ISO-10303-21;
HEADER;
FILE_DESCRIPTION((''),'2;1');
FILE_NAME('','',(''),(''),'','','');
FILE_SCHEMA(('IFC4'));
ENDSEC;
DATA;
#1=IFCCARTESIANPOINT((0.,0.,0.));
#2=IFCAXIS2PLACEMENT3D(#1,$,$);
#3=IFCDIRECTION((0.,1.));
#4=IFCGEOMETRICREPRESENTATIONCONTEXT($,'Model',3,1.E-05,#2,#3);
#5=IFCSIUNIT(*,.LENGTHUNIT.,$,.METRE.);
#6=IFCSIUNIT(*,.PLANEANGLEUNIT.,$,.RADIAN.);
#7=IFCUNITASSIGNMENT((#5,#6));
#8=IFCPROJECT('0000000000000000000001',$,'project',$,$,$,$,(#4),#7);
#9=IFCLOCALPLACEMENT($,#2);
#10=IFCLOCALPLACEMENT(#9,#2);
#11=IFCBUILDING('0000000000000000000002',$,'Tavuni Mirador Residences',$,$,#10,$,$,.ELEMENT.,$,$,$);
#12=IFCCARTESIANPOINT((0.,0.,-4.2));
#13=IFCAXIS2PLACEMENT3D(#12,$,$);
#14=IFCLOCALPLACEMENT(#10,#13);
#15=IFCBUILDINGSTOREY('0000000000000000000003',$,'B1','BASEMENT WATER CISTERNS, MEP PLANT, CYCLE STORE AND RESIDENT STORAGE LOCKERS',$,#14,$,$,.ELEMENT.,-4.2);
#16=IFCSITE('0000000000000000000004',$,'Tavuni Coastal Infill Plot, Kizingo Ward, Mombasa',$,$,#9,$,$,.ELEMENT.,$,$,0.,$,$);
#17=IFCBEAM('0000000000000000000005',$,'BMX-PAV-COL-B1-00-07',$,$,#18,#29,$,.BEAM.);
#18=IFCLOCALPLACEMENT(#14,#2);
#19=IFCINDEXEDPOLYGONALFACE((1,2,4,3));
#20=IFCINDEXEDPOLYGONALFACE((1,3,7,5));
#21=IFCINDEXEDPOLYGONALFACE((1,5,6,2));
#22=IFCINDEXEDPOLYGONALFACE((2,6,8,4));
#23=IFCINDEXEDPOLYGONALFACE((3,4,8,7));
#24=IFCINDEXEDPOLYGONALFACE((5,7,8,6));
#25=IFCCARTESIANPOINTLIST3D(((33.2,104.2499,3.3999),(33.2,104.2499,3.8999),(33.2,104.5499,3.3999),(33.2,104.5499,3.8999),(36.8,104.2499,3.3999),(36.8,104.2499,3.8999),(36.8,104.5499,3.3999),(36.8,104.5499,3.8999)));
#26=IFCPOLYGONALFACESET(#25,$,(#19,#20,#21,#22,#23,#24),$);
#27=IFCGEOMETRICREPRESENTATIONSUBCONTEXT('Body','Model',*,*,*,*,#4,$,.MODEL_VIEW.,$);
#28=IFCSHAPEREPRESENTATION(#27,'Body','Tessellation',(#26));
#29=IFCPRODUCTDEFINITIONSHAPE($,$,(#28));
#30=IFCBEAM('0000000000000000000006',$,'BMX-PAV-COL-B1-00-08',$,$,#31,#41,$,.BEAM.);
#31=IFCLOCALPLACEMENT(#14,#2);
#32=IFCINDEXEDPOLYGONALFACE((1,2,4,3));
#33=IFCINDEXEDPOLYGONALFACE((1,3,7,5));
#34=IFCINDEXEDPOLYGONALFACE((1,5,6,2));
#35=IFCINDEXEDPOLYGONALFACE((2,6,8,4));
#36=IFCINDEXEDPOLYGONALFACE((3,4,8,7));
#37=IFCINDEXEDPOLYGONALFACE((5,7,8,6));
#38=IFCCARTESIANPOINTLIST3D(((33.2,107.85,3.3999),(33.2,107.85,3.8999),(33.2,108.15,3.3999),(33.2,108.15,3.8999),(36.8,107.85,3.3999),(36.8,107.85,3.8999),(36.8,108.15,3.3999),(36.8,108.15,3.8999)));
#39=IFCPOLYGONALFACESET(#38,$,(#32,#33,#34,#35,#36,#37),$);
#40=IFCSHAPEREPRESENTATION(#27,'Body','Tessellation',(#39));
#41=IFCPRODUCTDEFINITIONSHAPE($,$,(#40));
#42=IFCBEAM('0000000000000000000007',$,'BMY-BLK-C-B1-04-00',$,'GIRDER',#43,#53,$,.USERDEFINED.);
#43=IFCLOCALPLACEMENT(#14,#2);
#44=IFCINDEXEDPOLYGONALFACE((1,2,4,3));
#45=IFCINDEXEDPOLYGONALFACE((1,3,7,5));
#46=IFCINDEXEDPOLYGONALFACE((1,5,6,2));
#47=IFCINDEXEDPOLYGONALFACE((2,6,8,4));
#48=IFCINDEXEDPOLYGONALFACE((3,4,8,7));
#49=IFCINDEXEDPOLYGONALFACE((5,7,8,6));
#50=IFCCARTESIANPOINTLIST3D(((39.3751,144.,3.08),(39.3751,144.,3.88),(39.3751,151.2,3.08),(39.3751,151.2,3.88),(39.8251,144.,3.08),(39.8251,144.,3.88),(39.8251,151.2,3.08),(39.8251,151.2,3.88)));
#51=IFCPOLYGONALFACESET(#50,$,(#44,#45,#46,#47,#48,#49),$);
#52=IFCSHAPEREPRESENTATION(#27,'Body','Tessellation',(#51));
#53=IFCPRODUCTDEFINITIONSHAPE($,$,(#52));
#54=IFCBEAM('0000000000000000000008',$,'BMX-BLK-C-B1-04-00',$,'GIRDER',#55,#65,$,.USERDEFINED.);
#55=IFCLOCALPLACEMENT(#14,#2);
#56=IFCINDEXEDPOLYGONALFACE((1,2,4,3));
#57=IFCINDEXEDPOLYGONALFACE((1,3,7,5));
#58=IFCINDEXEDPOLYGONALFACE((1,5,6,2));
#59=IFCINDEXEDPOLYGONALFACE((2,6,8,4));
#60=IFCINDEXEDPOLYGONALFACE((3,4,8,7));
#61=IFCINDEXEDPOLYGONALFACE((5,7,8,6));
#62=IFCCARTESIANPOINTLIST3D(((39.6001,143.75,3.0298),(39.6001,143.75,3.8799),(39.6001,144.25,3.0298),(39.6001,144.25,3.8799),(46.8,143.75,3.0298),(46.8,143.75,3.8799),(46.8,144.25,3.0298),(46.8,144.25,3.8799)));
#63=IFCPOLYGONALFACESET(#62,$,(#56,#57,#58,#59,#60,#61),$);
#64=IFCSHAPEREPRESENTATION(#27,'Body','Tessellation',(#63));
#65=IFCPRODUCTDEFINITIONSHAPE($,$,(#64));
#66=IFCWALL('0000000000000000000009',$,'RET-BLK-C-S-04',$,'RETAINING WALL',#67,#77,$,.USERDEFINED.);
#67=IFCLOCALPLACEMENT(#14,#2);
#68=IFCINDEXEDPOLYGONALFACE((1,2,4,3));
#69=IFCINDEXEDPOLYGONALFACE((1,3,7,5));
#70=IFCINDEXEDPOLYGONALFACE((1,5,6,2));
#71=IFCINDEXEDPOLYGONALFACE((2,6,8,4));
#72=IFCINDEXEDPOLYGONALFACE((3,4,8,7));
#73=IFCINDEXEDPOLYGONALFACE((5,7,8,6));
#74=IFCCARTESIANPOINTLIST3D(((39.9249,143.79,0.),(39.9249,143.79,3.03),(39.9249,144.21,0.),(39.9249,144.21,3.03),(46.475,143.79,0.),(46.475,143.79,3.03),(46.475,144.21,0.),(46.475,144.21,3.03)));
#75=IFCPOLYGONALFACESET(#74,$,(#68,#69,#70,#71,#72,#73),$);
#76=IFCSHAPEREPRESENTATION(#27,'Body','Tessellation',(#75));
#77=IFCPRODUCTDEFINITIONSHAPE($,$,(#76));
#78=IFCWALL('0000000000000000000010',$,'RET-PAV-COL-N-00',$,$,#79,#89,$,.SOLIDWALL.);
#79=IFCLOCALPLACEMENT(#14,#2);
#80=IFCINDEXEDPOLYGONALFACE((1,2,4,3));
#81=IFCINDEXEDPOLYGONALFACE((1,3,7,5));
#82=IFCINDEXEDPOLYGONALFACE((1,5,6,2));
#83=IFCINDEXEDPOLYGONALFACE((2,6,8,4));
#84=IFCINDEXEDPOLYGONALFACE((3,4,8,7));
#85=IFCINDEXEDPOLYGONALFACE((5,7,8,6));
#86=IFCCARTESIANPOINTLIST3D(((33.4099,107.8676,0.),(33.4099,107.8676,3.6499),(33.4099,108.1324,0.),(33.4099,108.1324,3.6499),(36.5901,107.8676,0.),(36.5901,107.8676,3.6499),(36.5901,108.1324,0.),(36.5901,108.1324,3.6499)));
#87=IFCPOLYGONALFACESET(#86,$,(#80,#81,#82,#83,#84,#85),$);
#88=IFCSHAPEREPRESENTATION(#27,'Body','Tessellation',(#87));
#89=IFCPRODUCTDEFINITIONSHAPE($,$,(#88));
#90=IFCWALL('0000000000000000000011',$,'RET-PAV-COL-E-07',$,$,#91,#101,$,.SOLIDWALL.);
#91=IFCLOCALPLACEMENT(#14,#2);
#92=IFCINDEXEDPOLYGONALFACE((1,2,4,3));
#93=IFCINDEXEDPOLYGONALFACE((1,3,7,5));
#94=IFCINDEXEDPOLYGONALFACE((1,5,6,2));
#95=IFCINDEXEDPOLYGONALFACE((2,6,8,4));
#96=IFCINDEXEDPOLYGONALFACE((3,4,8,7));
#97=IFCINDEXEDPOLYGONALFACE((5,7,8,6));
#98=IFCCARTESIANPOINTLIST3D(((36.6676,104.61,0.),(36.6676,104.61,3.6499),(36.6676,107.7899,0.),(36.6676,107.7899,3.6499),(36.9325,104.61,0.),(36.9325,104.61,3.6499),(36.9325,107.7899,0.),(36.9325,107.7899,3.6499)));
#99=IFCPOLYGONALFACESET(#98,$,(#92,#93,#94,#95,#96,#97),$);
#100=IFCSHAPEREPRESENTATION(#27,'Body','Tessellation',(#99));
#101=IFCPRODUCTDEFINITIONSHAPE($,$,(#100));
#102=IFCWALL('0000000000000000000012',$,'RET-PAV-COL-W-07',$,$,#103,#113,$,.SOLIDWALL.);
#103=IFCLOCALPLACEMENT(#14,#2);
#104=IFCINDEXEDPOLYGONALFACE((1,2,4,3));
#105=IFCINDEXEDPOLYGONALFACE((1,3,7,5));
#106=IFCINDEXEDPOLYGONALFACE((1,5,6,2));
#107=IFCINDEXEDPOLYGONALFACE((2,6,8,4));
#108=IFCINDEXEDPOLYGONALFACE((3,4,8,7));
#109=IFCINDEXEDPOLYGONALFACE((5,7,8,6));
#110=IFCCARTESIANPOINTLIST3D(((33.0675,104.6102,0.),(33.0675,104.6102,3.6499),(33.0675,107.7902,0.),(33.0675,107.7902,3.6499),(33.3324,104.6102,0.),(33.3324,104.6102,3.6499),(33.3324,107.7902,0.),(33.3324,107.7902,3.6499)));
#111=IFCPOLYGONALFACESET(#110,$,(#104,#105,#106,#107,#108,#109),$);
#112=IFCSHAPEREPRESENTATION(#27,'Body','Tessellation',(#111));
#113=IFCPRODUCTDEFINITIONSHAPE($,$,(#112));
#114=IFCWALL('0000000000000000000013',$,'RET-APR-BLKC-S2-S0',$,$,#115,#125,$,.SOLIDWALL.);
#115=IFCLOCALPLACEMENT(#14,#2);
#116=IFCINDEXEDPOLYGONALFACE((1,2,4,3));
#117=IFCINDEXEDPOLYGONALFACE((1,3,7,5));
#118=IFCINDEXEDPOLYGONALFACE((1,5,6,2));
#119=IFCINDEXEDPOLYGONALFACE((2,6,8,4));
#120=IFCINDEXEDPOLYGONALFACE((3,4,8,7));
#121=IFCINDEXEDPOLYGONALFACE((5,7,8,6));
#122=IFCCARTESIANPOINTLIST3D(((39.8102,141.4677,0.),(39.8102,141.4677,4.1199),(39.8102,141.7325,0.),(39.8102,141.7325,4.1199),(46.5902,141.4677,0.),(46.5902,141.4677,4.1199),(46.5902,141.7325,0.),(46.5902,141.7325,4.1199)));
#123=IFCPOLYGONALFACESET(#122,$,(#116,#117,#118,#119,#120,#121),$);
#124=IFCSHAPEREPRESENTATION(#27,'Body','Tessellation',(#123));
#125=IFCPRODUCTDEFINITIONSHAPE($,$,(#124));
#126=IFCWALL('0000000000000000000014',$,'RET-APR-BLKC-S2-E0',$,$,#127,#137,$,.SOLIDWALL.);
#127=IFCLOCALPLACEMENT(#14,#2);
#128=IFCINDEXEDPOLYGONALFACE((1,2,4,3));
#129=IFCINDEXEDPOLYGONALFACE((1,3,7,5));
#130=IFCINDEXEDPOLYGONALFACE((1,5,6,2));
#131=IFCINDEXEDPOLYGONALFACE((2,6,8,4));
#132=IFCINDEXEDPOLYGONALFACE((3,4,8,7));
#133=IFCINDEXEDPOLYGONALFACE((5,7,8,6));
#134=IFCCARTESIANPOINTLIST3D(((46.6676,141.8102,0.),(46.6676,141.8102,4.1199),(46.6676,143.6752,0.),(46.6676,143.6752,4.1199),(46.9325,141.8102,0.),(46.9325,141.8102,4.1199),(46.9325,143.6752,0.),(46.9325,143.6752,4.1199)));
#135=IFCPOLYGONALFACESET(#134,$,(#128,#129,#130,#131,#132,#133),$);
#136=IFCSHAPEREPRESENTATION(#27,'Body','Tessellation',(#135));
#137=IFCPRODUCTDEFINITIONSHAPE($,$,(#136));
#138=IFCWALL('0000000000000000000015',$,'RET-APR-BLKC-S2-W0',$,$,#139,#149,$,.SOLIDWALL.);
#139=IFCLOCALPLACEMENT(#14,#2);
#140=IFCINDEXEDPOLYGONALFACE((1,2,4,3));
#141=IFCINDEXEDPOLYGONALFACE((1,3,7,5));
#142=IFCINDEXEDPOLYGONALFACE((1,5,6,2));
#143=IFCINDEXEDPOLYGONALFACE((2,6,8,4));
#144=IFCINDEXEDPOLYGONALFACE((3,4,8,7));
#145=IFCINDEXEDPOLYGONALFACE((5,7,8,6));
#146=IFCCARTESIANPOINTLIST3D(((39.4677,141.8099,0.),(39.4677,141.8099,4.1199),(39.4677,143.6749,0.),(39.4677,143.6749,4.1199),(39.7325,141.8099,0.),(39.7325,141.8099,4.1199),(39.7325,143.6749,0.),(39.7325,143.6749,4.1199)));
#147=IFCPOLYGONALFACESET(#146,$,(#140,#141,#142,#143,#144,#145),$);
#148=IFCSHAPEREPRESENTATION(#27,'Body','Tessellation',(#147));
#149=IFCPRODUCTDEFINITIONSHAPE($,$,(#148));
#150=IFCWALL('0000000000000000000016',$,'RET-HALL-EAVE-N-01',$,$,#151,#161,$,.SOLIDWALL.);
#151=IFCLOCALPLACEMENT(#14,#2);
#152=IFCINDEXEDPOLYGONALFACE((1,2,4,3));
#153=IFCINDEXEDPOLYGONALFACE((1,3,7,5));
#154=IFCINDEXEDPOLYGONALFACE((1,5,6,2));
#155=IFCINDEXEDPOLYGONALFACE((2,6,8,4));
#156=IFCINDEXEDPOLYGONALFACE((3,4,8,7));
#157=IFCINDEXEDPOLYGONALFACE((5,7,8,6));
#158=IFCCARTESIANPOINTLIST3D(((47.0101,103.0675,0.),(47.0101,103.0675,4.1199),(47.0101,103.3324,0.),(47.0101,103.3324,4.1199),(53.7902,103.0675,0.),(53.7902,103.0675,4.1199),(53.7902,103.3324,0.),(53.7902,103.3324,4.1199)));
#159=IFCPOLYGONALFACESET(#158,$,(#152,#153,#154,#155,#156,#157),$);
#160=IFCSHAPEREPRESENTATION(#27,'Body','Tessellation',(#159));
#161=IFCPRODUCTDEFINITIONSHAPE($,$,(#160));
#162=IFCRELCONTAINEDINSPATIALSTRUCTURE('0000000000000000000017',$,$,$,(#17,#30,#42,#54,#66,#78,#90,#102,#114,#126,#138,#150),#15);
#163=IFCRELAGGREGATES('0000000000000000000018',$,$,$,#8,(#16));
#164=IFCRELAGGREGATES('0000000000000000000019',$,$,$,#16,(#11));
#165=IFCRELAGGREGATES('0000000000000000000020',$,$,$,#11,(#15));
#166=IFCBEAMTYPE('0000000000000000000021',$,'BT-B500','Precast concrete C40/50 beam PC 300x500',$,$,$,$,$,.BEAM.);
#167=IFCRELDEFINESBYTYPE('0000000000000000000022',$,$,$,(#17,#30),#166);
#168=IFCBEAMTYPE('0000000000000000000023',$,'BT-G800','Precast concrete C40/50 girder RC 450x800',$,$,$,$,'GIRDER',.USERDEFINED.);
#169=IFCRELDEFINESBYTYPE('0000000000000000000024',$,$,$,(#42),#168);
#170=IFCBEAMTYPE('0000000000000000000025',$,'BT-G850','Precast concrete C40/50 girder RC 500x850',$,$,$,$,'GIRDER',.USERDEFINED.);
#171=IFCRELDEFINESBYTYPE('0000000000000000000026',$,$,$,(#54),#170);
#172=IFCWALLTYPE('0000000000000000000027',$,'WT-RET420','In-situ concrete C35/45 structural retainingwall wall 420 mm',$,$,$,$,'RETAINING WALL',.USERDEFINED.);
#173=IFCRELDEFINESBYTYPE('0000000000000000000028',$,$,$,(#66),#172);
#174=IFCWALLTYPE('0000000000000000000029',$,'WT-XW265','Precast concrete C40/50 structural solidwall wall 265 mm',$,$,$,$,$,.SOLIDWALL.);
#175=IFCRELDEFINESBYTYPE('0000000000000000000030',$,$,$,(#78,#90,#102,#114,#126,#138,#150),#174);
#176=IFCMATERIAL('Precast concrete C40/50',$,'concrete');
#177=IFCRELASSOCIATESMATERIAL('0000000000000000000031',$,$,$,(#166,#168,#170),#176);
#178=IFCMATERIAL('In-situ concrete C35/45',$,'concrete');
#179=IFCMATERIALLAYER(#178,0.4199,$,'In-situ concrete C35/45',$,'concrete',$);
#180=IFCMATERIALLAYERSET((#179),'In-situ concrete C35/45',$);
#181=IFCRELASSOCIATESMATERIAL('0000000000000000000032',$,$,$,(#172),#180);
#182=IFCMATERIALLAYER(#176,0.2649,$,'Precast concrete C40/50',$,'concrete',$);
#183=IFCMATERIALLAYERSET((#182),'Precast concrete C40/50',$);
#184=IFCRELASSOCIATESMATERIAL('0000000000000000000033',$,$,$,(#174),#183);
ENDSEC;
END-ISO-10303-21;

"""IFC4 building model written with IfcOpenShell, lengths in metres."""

from ifc_helpers import new_model, si_unit, direction, frame, frame_2d, origin, origin_2d, place, context, subcontext, project, spatial, rectangle, extrude, material, layer, layer_set, material_profile, profile_set, type_object, element, save


model = new_model("IFC4")

# Units and contexts
model_context = context("Model", 3, precision=1e-05, world=origin(), true_north=direction((0.0, 1.0)))
body_context = subcontext(model_context, "Body", "Model", "MODEL_VIEW")
ifc_project = project(units=[si_unit("LENGTHUNIT", "METRE"), si_unit("PLANEANGLEUNIT", "RADIAN")], contexts=[model_context])

# Site, building, storey
site_placement = place(None, origin())
site = spatial("IfcSite", under=ifc_project, at=site_placement, Name="Tavuni Coastal Infill Plot, Kizingo Ward, Mombasa", CompositionType="ELEMENT", RefElevation=0.0)
building_placement = place(site_placement, origin())
building = spatial("IfcBuilding", under=site, at=building_placement, Name="Tavuni Mirador Residences", CompositionType="ELEMENT")
storey_placement = place(building_placement, frame((0.0, 0.0, -4.2)))
storey = spatial("IfcBuildingStorey", under=building, at=storey_placement, Name="B1", Description="BASEMENT WATER CISTERNS, MEP PLANT, CYCLE STORE AND RESIDENT STORAGE LOCKERS", CompositionType="ELEMENT", Elevation=-4.2)

# Shared definitions
ifc_material_1 = material(Name="In-situ concrete C35/45", Category="concrete")

# Shared definitions
ifc_material_2 = material(Name="Precast concrete C40/50", Category="concrete")

# Beams
ifc_material_profile_1 = material_profile(ifc_material_2, rectangle(XDim=0.3, YDim=0.5, at=origin_2d()), Name="PC 300x500", Category="concrete")
ifc_profile_set_1 = profile_set([ifc_material_profile_1], Name="Precast concrete C40/50")
beam_type_1 = type_object("IfcBeamType", Name="BT-B500", Description="Precast concrete C40/50 beam PC 300x500", PredefinedType="BEAM", material=ifc_profile_set_1)
for number, where, z_axis, x_axis, name in (
    (1, (33.2, 104.3999, 3.6499), (1.0, 0.0, 0.0), (0.0, 1.0, 0.0), "BMX-PAV-COL-B1-00-07"),
    (2, (33.2, 108.0, 3.6499), (1.0, 0.0, 0.0), (0.0, 1.0, 0.0), "BMX-PAV-COL-B1-00-08"),
):
    element("IfcBeam", number, at=place(storey_placement, frame(where, z_axis=z_axis, x_axis=x_axis)), inside=storey, type_object=beam_type_1, Name=name, PredefinedType="BEAM", context=body_context, shape_type="SweptSolid", body=[
        extrude(rectangle(XDim=0.3, YDim=0.5, at=origin_2d()), origin(), (0.0, 0.0, 1.0), 3.6001),
    ])
ifc_material_profile_2 = material_profile(ifc_material_2, rectangle(XDim=0.45, YDim=0.8, at=origin_2d()), Name="RC 450x800", Category="concrete")
ifc_profile_set_2 = profile_set([ifc_material_profile_2], Name="Precast concrete C40/50")
beam_type_2 = type_object("IfcBeamType", Name="BT-G800", Description="Precast concrete C40/50 girder RC 450x800", ElementType="GIRDER", PredefinedType="USERDEFINED", material=ifc_profile_set_2)
beam_1_placement = place(storey_placement, frame((39.6001, 144.0, 3.48), z_axis=(0.0, 1.0, 0.0), x_axis=(-1.0, 0.0, 0.0)))
element("IfcBeam", 3, at=beam_1_placement, inside=storey, type_object=beam_type_2, Name="BMY-BLK-C-B1-04-00", ObjectType="GIRDER", PredefinedType="USERDEFINED", context=body_context, shape_type="SweptSolid", body=[
    extrude(rectangle(XDim=0.45, YDim=0.8, at=origin_2d()), origin(), (0.0, 0.0, 1.0), 7.2),
])
ifc_material_profile_3 = material_profile(ifc_material_2, rectangle(XDim=0.5, YDim=0.8501, at=origin_2d()), Name="RC 500x850", Category="concrete")
ifc_profile_set_3 = profile_set([ifc_material_profile_3], Name="Precast concrete C40/50")
beam_type_3 = type_object("IfcBeamType", Name="BT-G850", Description="Precast concrete C40/50 girder RC 500x850", ElementType="GIRDER", PredefinedType="USERDEFINED", material=ifc_profile_set_3)
beam_2_placement = place(storey_placement, frame((39.6001, 144.0, 3.4548), z_axis=(1.0, 0.0, 0.0), x_axis=(0.0, 1.0, 0.0)))
element("IfcBeam", 4, at=beam_2_placement, inside=storey, type_object=beam_type_3, Name="BMX-BLK-C-B1-04-00", ObjectType="GIRDER", PredefinedType="USERDEFINED", context=body_context, shape_type="SweptSolid", body=[
    extrude(rectangle(XDim=0.5, YDim=0.8501, at=origin_2d()), origin(), (0.0, 0.0, 1.0), 7.2),
])

# Walls
ifc_layer_1 = layer(ifc_material_1, 0.4199, Name="In-situ concrete C35/45", Category="concrete")
ifc_layer_set_1 = layer_set([ifc_layer_1], Name="In-situ concrete C35/45")
wall_type_1 = type_object("IfcWallType", Name="WT-RET420", Description="In-situ concrete C35/45 structural retainingwall wall 420 mm", ElementType="RETAINING WALL", PredefinedType="USERDEFINED", material=ifc_layer_set_1)
wall_1_placement = place(storey_placement, frame((39.925, 144.0, 0.0), z_axis=(0.0, 0.0, 1.0), x_axis=(1.0, 0.0, 0.0)))
element("IfcWall", 5, at=wall_1_placement, inside=storey, type_object=wall_type_1, Name="RET-BLK-C-S-04", ObjectType="RETAINING WALL", PredefinedType="USERDEFINED", context=body_context, shape_type="SweptSolid", body=[
    extrude(rectangle(XDim=6.55, YDim=0.4199, at=frame_2d((3.2749, 0.0))), origin(), (0.0, 0.0, 1.0), 3.03),
])
ifc_layer_2 = layer(ifc_material_2, 0.2649, Name="Precast concrete C40/50", Category="concrete")
ifc_layer_set_2 = layer_set([ifc_layer_2], Name="Precast concrete C40/50")
wall_type_2 = type_object("IfcWallType", Name="WT-XW265", Description="Precast concrete C40/50 structural solidwall wall 265 mm", PredefinedType="SOLIDWALL", material=ifc_layer_set_2)
wall_2_placement = place(storey_placement, frame((36.5901, 108.0, 0.0), z_axis=(0.0, 0.0, 1.0), x_axis=(-1.0, 0.0, 0.0)))
element("IfcWall", 6, at=wall_2_placement, inside=storey, type_object=wall_type_2, Name="RET-PAV-COL-N-00", PredefinedType="SOLIDWALL", context=body_context, shape_type="SweptSolid", body=[
    extrude(rectangle(XDim=3.1802, YDim=0.2649, at=frame_2d((1.5901, 0.0))), origin(), (0.0, 0.0, 1.0), 3.6499),
])
for number, where, z_axis, x_axis, name in (
    (7, (36.8, 104.6101, 0.0), (0.0, 0.0, 1.0), (0.0, 1.0, 0.0), "RET-PAV-COL-E-07"),
    (8, (33.2, 107.79, 0.0), (0.0, 0.0, 1.0), (0.0, -1.0, 0.0), "RET-PAV-COL-W-07"),
):
    element("IfcWall", number, at=place(storey_placement, frame(where, z_axis=z_axis, x_axis=x_axis)), inside=storey, type_object=wall_type_2, Name=name, PredefinedType="SOLIDWALL", context=body_context, shape_type="SweptSolid", body=[
        extrude(rectangle(XDim=3.1799, YDim=0.2649, at=frame_2d((1.5898, 0.0))), origin(), (0.0, 0.0, 1.0), 3.6499),
    ])
wall_3_placement = place(storey_placement, frame((39.8101, 141.6001, 0.0), z_axis=(0.0, 0.0, 1.0), x_axis=(1.0, 0.0, 0.0)))
element("IfcWall", 9, at=wall_3_placement, inside=storey, type_object=wall_type_2, Name="RET-APR-BLKC-S2-S0", PredefinedType="SOLIDWALL", context=body_context, shape_type="SweptSolid", body=[
    extrude(rectangle(XDim=6.78, YDim=0.2649, at=frame_2d((3.3901, 0.0))), origin(), (0.0, 0.0, 1.0), 4.1199),
])
for number, where, z_axis, x_axis, name in (
    (10, (46.8, 141.8101, 0.0), (0.0, 0.0, 1.0), (0.0, 1.0, 0.0), "RET-APR-BLKC-S2-E0"),
    (11, (39.6001, 143.675, 0.0), (0.0, 0.0, 1.0), (0.0, -1.0, 0.0), "RET-APR-BLKC-S2-W0"),
):
    element("IfcWall", number, at=place(storey_placement, frame(where, z_axis=z_axis, x_axis=x_axis)), inside=storey, type_object=wall_type_2, Name=name, PredefinedType="SOLIDWALL", context=body_context, shape_type="SweptSolid", body=[
        extrude(rectangle(XDim=1.865, YDim=0.2649, at=frame_2d((0.9326, 0.0))), origin(), (0.0, 0.0, 1.0), 4.1199),
    ])
wall_4_placement = place(storey_placement, frame((47.01, 103.2, 0.0), z_axis=(0.0, 0.0, 1.0), x_axis=(1.0, 0.0, 0.0)))
element("IfcWall", 12, at=wall_4_placement, inside=storey, type_object=wall_type_2, Name="RET-HALL-EAVE-N-01", PredefinedType="SOLIDWALL", context=body_context, shape_type="SweptSolid", body=[
    extrude(rectangle(XDim=6.78, YDim=0.2649, at=frame_2d((3.3901, 0.0))), origin(), (0.0, 0.0, 1.0), 4.1199),
])

save(model, "model.ifc")
